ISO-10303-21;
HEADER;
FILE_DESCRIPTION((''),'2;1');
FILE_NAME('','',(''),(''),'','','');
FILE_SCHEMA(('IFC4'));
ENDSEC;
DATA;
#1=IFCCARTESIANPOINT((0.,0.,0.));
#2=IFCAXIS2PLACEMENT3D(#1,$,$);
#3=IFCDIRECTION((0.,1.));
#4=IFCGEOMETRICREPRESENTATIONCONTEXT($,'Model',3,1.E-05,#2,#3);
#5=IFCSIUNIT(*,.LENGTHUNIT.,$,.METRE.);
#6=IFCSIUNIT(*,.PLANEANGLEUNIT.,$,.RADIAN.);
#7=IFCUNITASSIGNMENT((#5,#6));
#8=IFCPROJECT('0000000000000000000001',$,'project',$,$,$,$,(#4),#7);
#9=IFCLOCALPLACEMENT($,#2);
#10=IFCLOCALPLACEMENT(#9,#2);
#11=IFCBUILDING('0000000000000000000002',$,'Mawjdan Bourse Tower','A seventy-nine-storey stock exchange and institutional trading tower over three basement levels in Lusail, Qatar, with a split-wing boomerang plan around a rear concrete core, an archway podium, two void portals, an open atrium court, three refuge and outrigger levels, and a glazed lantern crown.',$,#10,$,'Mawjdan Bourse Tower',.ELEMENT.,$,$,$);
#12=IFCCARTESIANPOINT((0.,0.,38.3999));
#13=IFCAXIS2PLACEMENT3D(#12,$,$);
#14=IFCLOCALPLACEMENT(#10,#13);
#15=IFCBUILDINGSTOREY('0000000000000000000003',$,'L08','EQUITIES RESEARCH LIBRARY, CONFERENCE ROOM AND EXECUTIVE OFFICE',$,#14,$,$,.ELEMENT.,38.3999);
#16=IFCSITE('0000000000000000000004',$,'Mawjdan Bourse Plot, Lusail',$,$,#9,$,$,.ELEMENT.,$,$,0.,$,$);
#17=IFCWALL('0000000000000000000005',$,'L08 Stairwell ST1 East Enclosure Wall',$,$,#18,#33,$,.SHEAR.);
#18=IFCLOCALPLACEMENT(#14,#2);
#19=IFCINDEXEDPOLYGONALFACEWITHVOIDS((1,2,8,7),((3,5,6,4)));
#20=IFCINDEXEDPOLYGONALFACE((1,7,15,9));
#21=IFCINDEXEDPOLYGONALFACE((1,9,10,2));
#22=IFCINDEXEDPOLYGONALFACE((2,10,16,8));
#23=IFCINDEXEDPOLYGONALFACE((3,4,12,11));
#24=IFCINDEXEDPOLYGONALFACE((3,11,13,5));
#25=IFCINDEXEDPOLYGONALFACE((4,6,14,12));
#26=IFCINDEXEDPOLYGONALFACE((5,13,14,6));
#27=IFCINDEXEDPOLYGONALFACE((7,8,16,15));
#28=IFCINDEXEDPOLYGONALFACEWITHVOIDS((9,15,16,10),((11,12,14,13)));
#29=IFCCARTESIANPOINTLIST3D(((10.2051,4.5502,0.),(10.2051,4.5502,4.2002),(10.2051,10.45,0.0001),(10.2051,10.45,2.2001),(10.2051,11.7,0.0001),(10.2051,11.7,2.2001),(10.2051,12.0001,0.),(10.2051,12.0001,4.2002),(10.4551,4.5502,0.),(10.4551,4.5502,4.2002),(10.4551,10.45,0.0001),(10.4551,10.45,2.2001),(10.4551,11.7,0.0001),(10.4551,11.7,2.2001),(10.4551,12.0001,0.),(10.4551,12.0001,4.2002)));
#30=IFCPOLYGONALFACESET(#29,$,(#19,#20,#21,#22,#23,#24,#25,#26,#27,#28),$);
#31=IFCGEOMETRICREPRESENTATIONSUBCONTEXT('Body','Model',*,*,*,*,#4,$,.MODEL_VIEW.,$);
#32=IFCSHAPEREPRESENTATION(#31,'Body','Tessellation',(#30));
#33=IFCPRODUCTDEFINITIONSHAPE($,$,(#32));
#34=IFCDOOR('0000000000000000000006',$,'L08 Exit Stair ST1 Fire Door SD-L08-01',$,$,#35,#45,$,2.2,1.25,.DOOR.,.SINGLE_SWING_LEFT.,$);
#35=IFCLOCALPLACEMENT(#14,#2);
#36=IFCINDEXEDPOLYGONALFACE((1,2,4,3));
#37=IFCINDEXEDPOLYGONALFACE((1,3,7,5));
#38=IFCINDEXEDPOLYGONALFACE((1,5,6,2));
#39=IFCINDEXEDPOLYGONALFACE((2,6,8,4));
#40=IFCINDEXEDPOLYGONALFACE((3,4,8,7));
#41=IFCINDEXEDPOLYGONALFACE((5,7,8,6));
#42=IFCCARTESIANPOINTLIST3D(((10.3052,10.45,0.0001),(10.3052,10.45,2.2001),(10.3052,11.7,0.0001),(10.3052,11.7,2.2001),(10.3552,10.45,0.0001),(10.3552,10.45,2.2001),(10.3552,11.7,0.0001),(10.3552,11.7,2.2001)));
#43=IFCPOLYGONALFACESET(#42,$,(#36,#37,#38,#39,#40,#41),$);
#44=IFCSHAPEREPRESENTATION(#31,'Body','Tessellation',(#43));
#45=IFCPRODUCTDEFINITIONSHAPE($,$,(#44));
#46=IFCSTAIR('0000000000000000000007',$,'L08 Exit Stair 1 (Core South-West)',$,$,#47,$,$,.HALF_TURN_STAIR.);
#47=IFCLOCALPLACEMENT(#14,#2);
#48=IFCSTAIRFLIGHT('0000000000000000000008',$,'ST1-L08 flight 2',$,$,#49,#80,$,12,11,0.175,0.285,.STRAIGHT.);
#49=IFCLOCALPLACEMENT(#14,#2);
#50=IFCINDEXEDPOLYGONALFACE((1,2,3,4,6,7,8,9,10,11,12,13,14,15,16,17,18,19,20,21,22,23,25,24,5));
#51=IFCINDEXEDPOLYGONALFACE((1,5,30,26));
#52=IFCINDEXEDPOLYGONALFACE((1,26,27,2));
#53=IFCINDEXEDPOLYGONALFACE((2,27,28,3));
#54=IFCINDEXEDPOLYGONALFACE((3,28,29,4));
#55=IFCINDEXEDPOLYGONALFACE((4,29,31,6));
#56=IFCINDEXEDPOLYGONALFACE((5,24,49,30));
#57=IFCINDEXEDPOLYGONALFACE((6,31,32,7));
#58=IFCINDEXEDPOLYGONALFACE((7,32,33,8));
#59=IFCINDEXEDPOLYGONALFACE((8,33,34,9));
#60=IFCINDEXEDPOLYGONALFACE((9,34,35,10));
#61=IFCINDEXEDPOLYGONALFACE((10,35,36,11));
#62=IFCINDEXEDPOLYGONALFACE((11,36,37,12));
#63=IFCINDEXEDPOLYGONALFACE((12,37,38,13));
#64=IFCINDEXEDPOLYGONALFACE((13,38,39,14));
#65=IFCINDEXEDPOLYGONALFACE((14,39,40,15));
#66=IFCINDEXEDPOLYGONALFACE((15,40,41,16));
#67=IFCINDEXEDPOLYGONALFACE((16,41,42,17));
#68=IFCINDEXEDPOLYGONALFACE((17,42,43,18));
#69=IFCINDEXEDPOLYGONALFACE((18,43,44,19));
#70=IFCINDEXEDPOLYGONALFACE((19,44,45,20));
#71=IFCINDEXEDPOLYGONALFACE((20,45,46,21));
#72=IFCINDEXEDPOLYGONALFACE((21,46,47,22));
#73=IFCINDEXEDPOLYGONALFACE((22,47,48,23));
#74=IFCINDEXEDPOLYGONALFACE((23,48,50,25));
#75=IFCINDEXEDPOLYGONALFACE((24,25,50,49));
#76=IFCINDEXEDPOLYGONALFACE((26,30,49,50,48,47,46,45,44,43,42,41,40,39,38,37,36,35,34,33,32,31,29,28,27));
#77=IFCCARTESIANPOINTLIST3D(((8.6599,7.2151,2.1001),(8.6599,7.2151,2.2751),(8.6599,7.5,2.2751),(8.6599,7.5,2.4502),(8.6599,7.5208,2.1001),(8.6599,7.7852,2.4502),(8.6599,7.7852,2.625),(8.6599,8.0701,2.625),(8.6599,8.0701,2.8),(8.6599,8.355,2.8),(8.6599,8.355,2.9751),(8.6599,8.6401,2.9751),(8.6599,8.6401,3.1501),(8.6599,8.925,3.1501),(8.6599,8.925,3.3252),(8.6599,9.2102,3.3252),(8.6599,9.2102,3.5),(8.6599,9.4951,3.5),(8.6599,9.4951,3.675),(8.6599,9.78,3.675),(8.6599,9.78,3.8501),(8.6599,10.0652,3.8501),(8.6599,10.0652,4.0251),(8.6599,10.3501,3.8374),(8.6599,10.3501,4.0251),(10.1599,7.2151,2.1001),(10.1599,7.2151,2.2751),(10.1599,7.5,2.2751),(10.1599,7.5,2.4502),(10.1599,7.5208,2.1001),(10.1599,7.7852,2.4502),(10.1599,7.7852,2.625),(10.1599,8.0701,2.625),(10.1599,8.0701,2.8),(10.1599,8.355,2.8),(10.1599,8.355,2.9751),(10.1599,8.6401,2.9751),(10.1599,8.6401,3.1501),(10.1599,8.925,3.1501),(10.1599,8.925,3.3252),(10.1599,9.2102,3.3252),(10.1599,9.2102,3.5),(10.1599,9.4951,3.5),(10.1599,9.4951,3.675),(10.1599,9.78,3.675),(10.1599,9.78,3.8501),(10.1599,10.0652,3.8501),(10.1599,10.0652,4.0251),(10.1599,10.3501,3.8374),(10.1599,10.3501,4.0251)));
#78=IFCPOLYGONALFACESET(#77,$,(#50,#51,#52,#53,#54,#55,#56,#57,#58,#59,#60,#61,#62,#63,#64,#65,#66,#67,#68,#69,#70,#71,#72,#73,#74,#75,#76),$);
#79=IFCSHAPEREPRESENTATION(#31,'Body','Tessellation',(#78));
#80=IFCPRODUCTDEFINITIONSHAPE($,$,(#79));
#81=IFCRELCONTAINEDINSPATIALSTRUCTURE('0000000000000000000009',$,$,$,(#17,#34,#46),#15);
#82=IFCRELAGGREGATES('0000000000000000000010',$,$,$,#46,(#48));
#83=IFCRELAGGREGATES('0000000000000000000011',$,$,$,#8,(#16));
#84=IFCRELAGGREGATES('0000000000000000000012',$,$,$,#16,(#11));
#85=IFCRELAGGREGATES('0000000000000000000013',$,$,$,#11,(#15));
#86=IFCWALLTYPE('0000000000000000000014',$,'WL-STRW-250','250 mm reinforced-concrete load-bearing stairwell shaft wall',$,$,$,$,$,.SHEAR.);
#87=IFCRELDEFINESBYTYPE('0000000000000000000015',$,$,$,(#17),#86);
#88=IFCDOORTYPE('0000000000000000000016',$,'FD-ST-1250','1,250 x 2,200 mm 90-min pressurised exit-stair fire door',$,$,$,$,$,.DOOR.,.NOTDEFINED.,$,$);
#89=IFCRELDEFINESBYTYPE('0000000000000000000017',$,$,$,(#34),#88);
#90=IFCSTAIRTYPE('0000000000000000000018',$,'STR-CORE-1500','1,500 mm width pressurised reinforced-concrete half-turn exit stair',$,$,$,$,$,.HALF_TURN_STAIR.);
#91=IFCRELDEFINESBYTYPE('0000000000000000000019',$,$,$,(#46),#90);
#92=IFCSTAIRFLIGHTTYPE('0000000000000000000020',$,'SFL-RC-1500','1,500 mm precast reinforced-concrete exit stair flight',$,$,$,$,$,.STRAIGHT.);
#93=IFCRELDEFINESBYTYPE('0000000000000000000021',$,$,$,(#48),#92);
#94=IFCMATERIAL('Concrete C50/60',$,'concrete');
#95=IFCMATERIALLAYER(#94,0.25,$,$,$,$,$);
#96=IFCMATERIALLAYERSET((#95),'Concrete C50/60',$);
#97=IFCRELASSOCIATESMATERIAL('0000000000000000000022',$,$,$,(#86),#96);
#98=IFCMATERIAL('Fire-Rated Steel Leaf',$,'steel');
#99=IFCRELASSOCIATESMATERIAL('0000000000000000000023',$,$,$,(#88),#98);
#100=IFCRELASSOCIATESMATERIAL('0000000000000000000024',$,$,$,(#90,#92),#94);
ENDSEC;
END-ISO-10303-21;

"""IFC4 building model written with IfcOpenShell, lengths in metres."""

from ifc_helpers import new_model, si_unit, direction, frame, frame_2d, origin, place, context, subcontext, project, spatial, polyline, rectangle, outline, extrude, material, layer, layer_set, type_object, element, fill, aggregate, save


model = new_model("IFC4")

# Units and contexts
model_context = context("Model", 3, precision=1e-05, world=origin(), true_north=direction((0.0, 1.0)))
body_context = subcontext(model_context, "Body", "Model", "MODEL_VIEW")
ifc_project = project(units=[si_unit("LENGTHUNIT", "METRE"), si_unit("PLANEANGLEUNIT", "RADIAN")], contexts=[model_context])

# Site, building, storey
site_placement = place(None, origin())
site = spatial("IfcSite", under=ifc_project, at=site_placement, Name="Mawjdan Bourse Plot, Lusail", CompositionType="ELEMENT", RefElevation=0.0)
building_placement = place(site_placement, origin())
building = spatial("IfcBuilding", under=site, at=building_placement, Name="Mawjdan Bourse Tower", Description="A seventy-nine-storey stock exchange and institutional trading tower over three basement levels in Lusail, Qatar, with a split-wing boomerang plan around a rear concrete core, an archway podium, two void portals, an open atrium court, three refuge and outrigger levels, and a glazed lantern crown.", LongName="Mawjdan Bourse Tower", CompositionType="ELEMENT")
storey_placement = place(building_placement, frame((0.0, 0.0, 38.3999)))
storey = spatial("IfcBuildingStorey", under=building, at=storey_placement, Name="L08", Description="EQUITIES RESEARCH LIBRARY, CONFERENCE ROOM AND EXECUTIVE OFFICE", CompositionType="ELEMENT", Elevation=38.3999)

# Shared definitions
ifc_material_1 = material(Name="Concrete C50/60", Category="concrete")

# Shared definitions
ifc_material_2 = material(Name="Fire-Rated Steel Leaf", Category="steel")

# Wall, opening, door
ifc_layer_1 = layer(ifc_material_1, 0.25)
ifc_layer_set_1 = layer_set([ifc_layer_1], Name="Concrete C50/60")
wall_type_1 = type_object("IfcWallType", Name="WL-STRW-250", Description="250 mm reinforced-concrete load-bearing stairwell shaft wall", PredefinedType="SHEAR", material=ifc_layer_set_1)
wall_1_placement = place(storey_placement, frame((10.3301, 4.55, 0.0), z_axis=(0.0, 0.0, 1.0), x_axis=(0.0, 1.0, 0.0)))
wall_1 = element("IfcWall", 1, at=wall_1_placement, inside=storey, type_object=wall_type_1, Name="L08 Stairwell ST1 East Enclosure Wall", PredefinedType="SHEAR", context=body_context, shape_type="SweptSolid", body=[
    extrude(rectangle(XDim=7.45, YDim=0.25, at=frame_2d((3.7251, 0.0))), origin(), (0.0, 0.0, 1.0), 4.2002),
])
opening_1_placement = place(wall_1_placement, frame((5.8999, 0.0, 0.0)))
opening_1 = element("IfcOpeningElement", 2, at=opening_1_placement, cuts=wall_1, PredefinedType="OPENING", context=body_context, shape_type="SweptSolid", body=[
    extrude(rectangle(XDim=1.25, YDim=2.2, at=frame_2d((0.625, 1.1001))), frame((0.0, 0.135, 0.0), z_axis=(0.0, -1.0, 0.0), x_axis=(1.0, 0.0, 0.0)), (0.0, 0.0, 1.0), 0.27),
])
door_type_1 = type_object("IfcDoorType", Name="FD-ST-1250", Description="1,250 x 2,200 mm 90-min pressurised exit-stair fire door", OperationType="NOTDEFINED", PredefinedType="DOOR", material=ifc_material_2)
door_1_placement = place(opening_1_placement, origin())
door_1 = element("IfcDoor", 3, at=door_1_placement, inside=storey, type_object=door_type_1, Name="L08 Exit Stair ST1 Fire Door SD-L08-01", OperationType="SINGLE_SWING_LEFT", OverallHeight=2.2, OverallWidth=1.25, PredefinedType="DOOR", context=body_context, shape_type="SweptSolid", body=[
    extrude(rectangle(XDim=1.25, YDim=2.2, at=frame_2d((0.625, 1.1001))), frame((0.0, 0.0249, 0.0), z_axis=(0.0, -1.0, 0.0), x_axis=(1.0, 0.0, 0.0)), (0.0, 0.0, 1.0), 0.05),
])
fill(opening_1, door_1)

# Stair, stair flight
stair_type = type_object("IfcStairType", Name="STR-CORE-1500", Description="1,500 mm width pressurised reinforced-concrete half-turn exit stair", PredefinedType="HALF_TURN_STAIR", material=ifc_material_1)
stair_placement = place(storey_placement, origin())
stair = element("IfcStair", 4, at=stair_placement, inside=storey, type_object=stair_type, Name="L08 Exit Stair 1 (Core South-West)", PredefinedType="HALF_TURN_STAIR")
stair_flight_type = type_object("IfcStairFlightType", Name="SFL-RC-1500", Description="1,500 mm precast reinforced-concrete exit stair flight", PredefinedType="STRAIGHT", material=ifc_material_1)
stair_flight_placement = place(storey_placement, frame((9.4099, 7.2151, 2.1001), z_axis=(0.0, 0.0, 1.0), x_axis=(0.0, 1.0, 0.0)))
stair_flight = element("IfcStairFlight", 5, at=stair_flight_placement, type_object=stair_flight_type, Name="ST1-L08 flight 2", NumberOfRisers=12, NumberOfTreads=11, PredefinedType="STRAIGHT", RiserHeight=0.175, TreadLength=0.285, context=body_context, shape_type="SweptSolid", body=[
    extrude(outline(polyline([(0.0, 0.0), (0.0, 0.175), (0.2849, 0.175), (0.2849, 0.3501), (0.5701, 0.3501), (0.5701, 0.5249), (0.855, 0.5249), (0.855, 0.7), (1.1399, 0.7), (1.1399, 0.875), (1.425, 0.875), (1.425, 1.05), (1.71, 1.05), (1.71, 1.2251), (1.9951, 1.2251), (1.9951, 1.3999), (2.28, 1.3999), (2.28, 1.575), (2.5649, 1.575), (2.5649, 1.75), (2.8501, 1.75), (2.8501, 1.925), (3.135, 1.925), (3.135, 2.1001), (3.135, 1.7373), (0.3057, 0.0), (0.0, 0.0)])), frame((0.0, 0.75, 0.0), z_axis=(0.0, -1.0, 0.0), x_axis=(1.0, 0.0, 0.0)), (0.0, 0.0, 1.0), 1.5),
])
aggregate(stair, [stair_flight])

save(model, "model.ifc")
